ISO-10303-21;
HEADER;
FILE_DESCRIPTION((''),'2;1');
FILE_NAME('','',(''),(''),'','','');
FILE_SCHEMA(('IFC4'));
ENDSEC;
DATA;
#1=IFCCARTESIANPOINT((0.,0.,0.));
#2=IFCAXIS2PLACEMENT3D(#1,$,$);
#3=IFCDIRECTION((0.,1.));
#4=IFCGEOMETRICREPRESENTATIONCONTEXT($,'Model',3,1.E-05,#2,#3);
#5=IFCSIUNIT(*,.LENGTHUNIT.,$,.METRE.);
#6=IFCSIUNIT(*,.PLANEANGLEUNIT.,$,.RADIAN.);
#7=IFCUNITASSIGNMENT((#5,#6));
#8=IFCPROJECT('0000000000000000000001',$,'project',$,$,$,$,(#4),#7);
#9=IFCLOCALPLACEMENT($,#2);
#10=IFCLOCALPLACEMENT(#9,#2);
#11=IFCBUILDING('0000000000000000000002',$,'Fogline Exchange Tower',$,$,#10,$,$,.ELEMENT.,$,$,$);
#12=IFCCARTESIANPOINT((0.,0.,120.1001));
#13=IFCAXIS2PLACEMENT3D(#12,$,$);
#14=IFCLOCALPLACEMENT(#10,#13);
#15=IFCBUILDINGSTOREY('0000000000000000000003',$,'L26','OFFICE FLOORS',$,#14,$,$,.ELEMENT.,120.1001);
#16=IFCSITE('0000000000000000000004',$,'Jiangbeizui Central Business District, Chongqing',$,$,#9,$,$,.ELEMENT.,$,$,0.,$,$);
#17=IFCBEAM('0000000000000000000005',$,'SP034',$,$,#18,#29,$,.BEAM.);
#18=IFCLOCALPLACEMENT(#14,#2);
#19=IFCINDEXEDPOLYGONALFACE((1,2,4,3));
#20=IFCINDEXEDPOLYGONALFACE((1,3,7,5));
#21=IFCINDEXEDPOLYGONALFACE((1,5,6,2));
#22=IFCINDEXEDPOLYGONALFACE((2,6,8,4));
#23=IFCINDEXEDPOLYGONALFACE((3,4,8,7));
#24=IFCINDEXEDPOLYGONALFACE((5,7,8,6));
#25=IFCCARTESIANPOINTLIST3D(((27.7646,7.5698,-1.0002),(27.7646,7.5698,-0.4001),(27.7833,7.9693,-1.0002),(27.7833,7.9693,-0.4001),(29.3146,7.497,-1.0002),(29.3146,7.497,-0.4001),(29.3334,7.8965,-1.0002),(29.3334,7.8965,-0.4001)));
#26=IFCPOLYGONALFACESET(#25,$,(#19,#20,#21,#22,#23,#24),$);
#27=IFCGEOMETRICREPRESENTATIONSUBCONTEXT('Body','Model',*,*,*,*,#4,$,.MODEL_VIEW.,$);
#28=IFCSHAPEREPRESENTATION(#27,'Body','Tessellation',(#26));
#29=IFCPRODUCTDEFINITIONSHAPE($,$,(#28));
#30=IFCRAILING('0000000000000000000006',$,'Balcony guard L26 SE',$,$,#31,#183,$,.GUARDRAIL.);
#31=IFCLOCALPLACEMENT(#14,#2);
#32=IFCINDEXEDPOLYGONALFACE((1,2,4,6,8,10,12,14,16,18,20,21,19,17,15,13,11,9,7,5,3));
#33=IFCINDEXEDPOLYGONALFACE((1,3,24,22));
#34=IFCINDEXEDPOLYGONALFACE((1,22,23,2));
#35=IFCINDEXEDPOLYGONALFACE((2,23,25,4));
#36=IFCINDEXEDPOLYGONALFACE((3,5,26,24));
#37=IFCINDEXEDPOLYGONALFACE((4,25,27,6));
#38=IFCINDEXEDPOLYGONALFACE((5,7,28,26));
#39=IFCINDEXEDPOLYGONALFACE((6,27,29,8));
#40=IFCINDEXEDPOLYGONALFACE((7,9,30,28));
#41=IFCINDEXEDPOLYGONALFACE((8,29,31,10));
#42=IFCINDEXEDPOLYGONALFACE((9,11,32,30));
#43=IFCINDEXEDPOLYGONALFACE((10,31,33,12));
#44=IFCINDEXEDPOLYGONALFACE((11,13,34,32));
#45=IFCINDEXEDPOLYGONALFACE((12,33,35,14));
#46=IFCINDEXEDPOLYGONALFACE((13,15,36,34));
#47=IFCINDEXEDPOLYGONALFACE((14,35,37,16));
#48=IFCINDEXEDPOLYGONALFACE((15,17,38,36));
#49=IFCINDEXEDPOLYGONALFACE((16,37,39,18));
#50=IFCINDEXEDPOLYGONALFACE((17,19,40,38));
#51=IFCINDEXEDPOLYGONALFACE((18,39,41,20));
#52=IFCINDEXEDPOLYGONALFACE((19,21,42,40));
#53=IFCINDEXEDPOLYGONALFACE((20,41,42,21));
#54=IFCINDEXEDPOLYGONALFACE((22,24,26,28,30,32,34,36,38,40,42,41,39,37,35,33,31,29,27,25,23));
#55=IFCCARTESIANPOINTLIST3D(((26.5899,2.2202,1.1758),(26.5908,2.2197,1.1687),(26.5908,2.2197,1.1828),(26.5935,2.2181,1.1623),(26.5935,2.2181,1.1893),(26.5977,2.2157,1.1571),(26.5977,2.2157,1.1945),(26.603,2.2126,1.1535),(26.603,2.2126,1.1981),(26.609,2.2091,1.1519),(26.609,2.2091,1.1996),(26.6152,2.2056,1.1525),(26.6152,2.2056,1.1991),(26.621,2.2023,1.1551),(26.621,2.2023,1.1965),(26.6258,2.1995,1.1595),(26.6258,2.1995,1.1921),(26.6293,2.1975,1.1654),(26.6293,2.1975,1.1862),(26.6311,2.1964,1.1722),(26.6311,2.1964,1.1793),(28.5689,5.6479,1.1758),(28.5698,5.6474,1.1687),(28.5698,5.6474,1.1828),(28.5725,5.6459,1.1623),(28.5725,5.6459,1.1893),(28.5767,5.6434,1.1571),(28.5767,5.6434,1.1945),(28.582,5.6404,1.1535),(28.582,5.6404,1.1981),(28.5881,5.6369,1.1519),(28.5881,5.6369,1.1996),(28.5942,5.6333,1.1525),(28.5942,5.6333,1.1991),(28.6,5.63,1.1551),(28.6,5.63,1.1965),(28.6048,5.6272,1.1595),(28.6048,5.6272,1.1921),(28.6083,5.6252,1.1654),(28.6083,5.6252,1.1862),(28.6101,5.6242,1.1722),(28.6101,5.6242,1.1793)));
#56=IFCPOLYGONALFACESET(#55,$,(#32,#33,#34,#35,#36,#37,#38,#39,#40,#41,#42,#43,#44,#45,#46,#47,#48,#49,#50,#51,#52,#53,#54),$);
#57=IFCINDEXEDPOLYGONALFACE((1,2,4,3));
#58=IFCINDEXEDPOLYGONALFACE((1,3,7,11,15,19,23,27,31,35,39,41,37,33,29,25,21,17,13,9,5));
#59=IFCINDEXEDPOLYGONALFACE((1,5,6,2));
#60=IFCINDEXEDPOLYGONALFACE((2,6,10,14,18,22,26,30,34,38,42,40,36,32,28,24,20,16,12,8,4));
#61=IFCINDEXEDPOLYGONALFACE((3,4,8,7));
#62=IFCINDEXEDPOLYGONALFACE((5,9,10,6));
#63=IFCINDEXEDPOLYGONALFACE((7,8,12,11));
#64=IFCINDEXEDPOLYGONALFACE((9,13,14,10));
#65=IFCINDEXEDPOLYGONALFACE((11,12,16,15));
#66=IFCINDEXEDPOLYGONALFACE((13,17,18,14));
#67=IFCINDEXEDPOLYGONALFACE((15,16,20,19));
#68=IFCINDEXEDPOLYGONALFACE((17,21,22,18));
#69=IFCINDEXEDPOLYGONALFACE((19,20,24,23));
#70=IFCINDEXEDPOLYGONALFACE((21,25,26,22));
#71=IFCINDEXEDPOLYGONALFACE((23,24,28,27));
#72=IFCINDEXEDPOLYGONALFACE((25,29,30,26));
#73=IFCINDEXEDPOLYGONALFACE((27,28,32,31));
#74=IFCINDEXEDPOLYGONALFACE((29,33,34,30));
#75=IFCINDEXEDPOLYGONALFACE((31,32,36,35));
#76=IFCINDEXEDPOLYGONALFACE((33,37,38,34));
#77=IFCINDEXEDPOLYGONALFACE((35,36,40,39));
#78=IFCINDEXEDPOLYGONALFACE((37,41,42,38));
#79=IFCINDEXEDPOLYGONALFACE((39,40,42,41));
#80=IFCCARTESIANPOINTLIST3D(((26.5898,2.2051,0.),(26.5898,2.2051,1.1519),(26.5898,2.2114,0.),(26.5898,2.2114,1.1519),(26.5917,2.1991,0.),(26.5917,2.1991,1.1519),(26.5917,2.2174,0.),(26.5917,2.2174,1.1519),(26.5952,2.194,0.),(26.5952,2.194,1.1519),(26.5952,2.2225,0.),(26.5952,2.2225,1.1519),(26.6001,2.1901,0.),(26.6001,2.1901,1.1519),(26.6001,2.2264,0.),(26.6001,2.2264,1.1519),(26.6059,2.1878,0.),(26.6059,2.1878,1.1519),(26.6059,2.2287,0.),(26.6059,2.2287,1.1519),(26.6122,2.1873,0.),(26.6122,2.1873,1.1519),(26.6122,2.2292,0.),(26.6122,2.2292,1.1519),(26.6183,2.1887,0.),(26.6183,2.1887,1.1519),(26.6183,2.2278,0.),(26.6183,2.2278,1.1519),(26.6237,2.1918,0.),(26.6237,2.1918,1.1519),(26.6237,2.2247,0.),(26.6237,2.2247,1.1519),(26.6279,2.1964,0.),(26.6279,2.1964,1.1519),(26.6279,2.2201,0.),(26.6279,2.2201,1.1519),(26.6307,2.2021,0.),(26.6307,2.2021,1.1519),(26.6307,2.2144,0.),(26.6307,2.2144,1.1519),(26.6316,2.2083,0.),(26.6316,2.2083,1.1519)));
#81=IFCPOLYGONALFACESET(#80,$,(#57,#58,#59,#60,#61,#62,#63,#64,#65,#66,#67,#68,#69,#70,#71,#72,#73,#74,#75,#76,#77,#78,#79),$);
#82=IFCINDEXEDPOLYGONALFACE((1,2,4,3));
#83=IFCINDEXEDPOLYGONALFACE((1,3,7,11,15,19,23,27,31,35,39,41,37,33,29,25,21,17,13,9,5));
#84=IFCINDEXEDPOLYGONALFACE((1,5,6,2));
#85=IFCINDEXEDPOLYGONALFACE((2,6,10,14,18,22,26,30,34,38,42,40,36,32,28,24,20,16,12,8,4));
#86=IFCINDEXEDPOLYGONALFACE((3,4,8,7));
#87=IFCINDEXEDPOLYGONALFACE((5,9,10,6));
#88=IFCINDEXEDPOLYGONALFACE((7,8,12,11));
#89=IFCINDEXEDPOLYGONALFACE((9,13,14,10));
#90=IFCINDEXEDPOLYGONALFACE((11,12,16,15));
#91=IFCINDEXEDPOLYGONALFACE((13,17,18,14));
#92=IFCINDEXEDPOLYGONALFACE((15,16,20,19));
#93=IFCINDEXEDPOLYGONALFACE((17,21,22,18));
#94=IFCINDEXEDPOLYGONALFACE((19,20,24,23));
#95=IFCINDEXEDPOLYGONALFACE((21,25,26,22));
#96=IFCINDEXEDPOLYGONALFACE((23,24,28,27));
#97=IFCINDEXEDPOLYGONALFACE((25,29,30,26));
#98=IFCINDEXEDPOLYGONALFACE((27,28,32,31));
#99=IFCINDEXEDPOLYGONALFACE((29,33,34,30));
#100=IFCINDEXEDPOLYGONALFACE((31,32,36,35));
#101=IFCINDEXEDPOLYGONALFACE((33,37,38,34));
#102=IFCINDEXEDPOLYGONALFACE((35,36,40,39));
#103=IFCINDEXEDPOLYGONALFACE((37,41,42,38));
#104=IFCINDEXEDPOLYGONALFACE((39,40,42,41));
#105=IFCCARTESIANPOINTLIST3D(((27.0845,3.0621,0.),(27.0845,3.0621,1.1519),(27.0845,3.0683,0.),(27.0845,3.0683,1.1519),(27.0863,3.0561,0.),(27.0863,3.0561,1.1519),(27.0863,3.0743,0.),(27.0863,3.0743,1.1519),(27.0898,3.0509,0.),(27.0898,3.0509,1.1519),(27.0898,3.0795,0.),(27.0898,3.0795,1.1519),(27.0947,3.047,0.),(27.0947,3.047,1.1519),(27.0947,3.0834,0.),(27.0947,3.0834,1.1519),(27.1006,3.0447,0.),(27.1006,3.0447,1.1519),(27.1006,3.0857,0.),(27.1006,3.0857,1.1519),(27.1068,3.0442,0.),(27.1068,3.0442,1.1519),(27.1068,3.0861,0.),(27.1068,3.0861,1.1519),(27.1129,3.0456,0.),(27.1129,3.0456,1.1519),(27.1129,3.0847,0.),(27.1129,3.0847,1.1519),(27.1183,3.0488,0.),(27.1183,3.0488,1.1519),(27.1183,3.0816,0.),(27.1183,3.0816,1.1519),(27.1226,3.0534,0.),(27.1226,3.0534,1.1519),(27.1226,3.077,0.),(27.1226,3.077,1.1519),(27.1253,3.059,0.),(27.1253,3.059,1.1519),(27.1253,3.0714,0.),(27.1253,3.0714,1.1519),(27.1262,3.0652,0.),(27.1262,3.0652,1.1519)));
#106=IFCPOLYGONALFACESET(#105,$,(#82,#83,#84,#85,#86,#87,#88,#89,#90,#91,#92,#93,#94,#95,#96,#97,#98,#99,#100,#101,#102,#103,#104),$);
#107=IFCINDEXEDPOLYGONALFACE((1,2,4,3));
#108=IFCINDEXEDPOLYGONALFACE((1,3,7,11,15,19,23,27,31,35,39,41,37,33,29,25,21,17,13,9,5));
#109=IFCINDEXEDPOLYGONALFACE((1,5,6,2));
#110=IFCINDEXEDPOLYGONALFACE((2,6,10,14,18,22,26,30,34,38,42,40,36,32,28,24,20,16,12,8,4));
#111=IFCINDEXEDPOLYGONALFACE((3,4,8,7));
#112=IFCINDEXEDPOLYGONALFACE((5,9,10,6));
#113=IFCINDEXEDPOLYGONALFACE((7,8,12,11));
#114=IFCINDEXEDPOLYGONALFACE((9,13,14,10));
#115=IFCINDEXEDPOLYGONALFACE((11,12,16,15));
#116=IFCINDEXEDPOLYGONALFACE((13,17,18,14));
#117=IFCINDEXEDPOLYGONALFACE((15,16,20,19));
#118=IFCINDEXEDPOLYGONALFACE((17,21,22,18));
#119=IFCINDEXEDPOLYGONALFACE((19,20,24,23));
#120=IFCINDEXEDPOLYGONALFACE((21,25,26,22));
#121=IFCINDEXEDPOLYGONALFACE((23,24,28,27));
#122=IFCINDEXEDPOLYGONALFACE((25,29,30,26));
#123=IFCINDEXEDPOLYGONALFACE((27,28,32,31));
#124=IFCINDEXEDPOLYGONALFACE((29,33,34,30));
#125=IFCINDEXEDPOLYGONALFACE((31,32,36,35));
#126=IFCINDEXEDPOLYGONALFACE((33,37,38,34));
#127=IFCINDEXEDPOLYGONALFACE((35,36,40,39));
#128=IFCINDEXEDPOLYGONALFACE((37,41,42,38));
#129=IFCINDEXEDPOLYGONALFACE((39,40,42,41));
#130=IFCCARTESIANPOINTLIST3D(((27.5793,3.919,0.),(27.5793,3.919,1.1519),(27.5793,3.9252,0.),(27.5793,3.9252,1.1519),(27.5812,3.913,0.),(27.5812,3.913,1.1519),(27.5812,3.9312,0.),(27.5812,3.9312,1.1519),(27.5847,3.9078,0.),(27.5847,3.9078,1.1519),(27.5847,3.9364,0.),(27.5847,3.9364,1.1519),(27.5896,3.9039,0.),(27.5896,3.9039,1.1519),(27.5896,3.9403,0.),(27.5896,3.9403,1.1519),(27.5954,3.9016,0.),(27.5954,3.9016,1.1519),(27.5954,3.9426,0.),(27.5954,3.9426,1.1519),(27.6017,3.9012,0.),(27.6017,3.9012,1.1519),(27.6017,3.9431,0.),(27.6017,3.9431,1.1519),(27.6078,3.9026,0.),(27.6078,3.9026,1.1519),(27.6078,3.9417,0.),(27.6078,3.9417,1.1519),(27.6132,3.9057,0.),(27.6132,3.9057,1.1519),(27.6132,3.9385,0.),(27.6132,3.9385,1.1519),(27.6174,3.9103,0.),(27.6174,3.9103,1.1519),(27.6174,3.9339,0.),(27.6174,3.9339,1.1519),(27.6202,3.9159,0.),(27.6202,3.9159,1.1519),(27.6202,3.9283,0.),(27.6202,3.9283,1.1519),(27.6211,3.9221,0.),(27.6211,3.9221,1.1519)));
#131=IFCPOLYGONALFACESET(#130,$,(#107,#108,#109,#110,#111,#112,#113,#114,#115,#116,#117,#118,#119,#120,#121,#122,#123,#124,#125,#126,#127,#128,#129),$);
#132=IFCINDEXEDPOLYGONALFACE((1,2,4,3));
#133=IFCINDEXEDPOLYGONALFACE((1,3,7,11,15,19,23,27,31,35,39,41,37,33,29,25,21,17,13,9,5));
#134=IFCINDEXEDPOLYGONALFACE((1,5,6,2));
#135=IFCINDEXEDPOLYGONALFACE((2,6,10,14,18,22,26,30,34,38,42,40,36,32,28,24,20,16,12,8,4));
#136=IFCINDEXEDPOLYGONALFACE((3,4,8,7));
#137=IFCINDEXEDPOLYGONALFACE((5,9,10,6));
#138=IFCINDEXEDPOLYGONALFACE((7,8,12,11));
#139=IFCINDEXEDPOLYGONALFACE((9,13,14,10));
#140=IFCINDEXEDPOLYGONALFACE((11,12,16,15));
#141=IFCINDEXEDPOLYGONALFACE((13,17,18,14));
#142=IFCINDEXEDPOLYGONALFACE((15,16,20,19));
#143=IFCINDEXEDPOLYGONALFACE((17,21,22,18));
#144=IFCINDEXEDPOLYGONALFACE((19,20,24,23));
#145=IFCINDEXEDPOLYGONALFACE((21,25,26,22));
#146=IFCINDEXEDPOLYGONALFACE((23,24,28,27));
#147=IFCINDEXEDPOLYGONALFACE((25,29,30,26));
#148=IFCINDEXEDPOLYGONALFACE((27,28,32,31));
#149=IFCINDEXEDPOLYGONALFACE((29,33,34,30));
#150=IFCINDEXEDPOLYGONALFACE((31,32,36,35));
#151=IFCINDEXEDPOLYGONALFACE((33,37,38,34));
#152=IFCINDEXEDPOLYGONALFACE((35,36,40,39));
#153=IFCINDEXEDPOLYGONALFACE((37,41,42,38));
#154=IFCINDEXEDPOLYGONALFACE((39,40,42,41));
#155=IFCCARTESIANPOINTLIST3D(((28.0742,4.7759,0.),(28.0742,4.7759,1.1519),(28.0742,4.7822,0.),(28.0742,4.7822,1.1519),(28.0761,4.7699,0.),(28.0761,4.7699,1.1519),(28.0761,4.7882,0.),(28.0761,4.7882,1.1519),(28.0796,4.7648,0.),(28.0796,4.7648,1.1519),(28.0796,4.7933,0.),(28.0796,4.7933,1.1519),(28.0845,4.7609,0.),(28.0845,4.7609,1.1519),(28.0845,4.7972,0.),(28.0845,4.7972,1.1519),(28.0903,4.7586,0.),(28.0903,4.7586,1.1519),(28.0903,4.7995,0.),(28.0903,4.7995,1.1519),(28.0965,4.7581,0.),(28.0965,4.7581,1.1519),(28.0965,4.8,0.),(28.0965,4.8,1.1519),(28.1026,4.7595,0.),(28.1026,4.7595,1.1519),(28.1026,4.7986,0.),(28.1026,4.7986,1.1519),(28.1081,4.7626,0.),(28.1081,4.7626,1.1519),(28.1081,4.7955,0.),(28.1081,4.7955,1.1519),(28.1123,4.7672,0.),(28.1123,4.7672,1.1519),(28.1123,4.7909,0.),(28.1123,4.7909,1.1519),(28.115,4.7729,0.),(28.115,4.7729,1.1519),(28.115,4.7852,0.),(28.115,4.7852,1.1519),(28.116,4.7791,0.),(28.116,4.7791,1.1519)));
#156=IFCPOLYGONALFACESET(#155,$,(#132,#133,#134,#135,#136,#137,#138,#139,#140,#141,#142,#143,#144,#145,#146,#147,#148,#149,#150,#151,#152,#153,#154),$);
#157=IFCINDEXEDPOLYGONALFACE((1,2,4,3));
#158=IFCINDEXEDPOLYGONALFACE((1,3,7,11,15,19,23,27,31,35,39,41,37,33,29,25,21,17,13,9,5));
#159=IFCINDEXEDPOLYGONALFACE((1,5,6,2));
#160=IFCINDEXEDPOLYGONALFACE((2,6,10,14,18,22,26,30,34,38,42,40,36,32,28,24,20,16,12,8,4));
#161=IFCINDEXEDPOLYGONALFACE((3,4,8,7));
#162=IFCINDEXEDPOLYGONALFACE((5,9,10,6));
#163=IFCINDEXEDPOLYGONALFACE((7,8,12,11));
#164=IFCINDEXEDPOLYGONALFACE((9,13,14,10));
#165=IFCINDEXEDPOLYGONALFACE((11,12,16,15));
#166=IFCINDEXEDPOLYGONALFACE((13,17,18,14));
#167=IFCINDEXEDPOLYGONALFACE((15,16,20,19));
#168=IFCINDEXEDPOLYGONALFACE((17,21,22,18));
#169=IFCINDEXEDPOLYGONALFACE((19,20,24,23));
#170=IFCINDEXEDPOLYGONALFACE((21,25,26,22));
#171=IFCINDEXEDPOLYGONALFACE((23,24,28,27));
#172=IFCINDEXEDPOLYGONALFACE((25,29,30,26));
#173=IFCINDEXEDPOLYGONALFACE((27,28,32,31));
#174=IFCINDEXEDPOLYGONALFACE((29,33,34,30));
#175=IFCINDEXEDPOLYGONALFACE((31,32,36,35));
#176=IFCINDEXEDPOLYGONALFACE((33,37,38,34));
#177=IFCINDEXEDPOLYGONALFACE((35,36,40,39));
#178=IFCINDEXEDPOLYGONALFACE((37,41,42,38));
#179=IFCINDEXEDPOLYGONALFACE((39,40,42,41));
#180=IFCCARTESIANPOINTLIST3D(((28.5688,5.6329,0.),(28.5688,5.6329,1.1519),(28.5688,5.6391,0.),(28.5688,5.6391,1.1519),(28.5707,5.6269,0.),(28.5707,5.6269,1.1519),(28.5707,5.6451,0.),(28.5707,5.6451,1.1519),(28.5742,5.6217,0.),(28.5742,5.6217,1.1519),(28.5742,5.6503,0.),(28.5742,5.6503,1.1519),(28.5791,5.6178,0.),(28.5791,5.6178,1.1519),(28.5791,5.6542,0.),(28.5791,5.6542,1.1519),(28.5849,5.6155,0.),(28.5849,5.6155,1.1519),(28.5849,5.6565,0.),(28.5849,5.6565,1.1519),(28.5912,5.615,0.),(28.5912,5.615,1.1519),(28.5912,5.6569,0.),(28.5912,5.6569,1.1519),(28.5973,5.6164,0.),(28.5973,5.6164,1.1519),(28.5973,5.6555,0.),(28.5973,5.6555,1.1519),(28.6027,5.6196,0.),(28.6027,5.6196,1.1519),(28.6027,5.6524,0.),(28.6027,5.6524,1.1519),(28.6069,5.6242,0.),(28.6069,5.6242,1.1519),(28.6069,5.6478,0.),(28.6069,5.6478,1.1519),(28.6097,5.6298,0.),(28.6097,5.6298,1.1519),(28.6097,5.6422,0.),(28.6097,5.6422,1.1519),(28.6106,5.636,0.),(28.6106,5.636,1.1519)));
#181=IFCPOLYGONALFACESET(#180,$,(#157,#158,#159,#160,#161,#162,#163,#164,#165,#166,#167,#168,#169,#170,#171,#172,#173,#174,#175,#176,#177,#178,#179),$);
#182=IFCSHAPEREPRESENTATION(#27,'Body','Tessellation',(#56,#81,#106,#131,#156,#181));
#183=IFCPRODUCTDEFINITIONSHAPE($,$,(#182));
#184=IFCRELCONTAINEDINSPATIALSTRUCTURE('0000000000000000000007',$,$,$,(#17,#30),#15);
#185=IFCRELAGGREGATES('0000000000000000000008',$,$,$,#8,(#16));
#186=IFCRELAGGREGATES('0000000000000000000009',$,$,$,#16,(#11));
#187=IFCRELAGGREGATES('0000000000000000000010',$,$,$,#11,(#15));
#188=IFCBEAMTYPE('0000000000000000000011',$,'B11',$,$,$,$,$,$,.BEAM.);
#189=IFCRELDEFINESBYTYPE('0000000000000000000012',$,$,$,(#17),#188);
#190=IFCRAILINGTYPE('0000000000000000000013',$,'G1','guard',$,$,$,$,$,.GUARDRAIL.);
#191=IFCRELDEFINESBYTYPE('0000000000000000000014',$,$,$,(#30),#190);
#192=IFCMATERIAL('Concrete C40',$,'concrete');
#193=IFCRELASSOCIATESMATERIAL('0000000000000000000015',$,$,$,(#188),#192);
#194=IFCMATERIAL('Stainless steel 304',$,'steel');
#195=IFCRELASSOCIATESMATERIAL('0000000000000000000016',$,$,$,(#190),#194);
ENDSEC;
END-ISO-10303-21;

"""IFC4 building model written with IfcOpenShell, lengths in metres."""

from ifc_helpers import new_model, si_unit, direction, frame, origin, origin_2d, place, context, subcontext, project, spatial, rectangle, circle, extrude, material, material_profile, profile_set, type_object, element, save


model = new_model("IFC4")

# Units and contexts
model_context = context("Model", 3, precision=1e-05, world=origin(), true_north=direction((0.0, 1.0)))
body_context = subcontext(model_context, "Body", "Model", "MODEL_VIEW")
ifc_project = project(units=[si_unit("LENGTHUNIT", "METRE"), si_unit("PLANEANGLEUNIT", "RADIAN")], contexts=[model_context])

# Site, building, storey
site_placement = place(None, origin())
site = spatial("IfcSite", under=ifc_project, at=site_placement, Name="Jiangbeizui Central Business District, Chongqing", CompositionType="ELEMENT", RefElevation=0.0)
building_placement = place(site_placement, origin())
building = spatial("IfcBuilding", under=site, at=building_placement, Name="Fogline Exchange Tower", CompositionType="ELEMENT")
storey_placement = place(building_placement, frame((0.0, 0.0, 120.1001)))
storey = spatial("IfcBuildingStorey", under=building, at=storey_placement, Name="L26", Description="OFFICE FLOORS", CompositionType="ELEMENT", Elevation=120.1001)

# Beam
ifc_material_1 = material(Name="Concrete C40", Category="concrete")
ifc_material_profile = material_profile(ifc_material_1, rectangle(XDim=0.3999, YDim=0.6001, at=origin_2d()), Name="RC 400x600")
ifc_profile_set = profile_set([ifc_material_profile], Name="Concrete C40")
beam_type = type_object("IfcBeamType", Name="B11", PredefinedType="BEAM", material=ifc_profile_set)
beam_placement = place(storey_placement, frame((27.7739, 7.7695, -0.7002), z_axis=(0.9989, -0.046885, 0.0), x_axis=(0.046885, 0.9989, 0.0)))
element("IfcBeam", 1, at=beam_placement, inside=storey, type_object=beam_type, Name="SP034", PredefinedType="BEAM", context=body_context, shape_type="SweptSolid", body=[
    extrude(rectangle(XDim=0.3999, YDim=0.6001, at=origin_2d()), origin(), (0.0, 0.0, 1.0), 1.5518),
])

# Railing
ifc_material_2 = material(Name="Stainless steel 304", Category="steel")
railing_type = type_object("IfcRailingType", Name="G1", Description="guard", PredefinedType="GUARDRAIL", material=ifc_material_2)
railing_placement = place(storey_placement, frame((26.6106, 2.2083, 0.0)))
element("IfcRailing", 2, at=railing_placement, inside=storey, type_object=railing_type, Name="Balcony guard L26 SE", PredefinedType="GUARDRAIL", context=body_context, shape_type="SweptSolid", body=[
    extrude(circle(Radius=0.0239, at=origin_2d()), frame((0.0, 0.0, 1.1758), z_axis=(0.5, 0.866025, 0.0), x_axis=(-0.866025, 0.5, 0.0)), (0.0, 0.0, 1.0), 3.958),
    extrude(circle(Radius=0.021, at=origin_2d()), origin(), (0.0, 0.0, 1.0), 1.1519),
    extrude(circle(Radius=0.021, at=origin_2d()), frame((0.4946, 0.8569, 0.0)), (0.0, 0.0, 1.0), 1.1519),
    extrude(circle(Radius=0.021, at=origin_2d()), frame((0.9895, 1.7139, 0.0)), (0.0, 0.0, 1.0), 1.1519),
    extrude(circle(Radius=0.021, at=origin_2d()), frame((1.4844, 2.5708, 0.0)), (0.0, 0.0, 1.0), 1.1519),
    extrude(circle(Radius=0.021, at=origin_2d()), frame((1.979, 3.4277, 0.0)), (0.0, 0.0, 1.0), 1.1519),
])

save(model, "model.ifc")
